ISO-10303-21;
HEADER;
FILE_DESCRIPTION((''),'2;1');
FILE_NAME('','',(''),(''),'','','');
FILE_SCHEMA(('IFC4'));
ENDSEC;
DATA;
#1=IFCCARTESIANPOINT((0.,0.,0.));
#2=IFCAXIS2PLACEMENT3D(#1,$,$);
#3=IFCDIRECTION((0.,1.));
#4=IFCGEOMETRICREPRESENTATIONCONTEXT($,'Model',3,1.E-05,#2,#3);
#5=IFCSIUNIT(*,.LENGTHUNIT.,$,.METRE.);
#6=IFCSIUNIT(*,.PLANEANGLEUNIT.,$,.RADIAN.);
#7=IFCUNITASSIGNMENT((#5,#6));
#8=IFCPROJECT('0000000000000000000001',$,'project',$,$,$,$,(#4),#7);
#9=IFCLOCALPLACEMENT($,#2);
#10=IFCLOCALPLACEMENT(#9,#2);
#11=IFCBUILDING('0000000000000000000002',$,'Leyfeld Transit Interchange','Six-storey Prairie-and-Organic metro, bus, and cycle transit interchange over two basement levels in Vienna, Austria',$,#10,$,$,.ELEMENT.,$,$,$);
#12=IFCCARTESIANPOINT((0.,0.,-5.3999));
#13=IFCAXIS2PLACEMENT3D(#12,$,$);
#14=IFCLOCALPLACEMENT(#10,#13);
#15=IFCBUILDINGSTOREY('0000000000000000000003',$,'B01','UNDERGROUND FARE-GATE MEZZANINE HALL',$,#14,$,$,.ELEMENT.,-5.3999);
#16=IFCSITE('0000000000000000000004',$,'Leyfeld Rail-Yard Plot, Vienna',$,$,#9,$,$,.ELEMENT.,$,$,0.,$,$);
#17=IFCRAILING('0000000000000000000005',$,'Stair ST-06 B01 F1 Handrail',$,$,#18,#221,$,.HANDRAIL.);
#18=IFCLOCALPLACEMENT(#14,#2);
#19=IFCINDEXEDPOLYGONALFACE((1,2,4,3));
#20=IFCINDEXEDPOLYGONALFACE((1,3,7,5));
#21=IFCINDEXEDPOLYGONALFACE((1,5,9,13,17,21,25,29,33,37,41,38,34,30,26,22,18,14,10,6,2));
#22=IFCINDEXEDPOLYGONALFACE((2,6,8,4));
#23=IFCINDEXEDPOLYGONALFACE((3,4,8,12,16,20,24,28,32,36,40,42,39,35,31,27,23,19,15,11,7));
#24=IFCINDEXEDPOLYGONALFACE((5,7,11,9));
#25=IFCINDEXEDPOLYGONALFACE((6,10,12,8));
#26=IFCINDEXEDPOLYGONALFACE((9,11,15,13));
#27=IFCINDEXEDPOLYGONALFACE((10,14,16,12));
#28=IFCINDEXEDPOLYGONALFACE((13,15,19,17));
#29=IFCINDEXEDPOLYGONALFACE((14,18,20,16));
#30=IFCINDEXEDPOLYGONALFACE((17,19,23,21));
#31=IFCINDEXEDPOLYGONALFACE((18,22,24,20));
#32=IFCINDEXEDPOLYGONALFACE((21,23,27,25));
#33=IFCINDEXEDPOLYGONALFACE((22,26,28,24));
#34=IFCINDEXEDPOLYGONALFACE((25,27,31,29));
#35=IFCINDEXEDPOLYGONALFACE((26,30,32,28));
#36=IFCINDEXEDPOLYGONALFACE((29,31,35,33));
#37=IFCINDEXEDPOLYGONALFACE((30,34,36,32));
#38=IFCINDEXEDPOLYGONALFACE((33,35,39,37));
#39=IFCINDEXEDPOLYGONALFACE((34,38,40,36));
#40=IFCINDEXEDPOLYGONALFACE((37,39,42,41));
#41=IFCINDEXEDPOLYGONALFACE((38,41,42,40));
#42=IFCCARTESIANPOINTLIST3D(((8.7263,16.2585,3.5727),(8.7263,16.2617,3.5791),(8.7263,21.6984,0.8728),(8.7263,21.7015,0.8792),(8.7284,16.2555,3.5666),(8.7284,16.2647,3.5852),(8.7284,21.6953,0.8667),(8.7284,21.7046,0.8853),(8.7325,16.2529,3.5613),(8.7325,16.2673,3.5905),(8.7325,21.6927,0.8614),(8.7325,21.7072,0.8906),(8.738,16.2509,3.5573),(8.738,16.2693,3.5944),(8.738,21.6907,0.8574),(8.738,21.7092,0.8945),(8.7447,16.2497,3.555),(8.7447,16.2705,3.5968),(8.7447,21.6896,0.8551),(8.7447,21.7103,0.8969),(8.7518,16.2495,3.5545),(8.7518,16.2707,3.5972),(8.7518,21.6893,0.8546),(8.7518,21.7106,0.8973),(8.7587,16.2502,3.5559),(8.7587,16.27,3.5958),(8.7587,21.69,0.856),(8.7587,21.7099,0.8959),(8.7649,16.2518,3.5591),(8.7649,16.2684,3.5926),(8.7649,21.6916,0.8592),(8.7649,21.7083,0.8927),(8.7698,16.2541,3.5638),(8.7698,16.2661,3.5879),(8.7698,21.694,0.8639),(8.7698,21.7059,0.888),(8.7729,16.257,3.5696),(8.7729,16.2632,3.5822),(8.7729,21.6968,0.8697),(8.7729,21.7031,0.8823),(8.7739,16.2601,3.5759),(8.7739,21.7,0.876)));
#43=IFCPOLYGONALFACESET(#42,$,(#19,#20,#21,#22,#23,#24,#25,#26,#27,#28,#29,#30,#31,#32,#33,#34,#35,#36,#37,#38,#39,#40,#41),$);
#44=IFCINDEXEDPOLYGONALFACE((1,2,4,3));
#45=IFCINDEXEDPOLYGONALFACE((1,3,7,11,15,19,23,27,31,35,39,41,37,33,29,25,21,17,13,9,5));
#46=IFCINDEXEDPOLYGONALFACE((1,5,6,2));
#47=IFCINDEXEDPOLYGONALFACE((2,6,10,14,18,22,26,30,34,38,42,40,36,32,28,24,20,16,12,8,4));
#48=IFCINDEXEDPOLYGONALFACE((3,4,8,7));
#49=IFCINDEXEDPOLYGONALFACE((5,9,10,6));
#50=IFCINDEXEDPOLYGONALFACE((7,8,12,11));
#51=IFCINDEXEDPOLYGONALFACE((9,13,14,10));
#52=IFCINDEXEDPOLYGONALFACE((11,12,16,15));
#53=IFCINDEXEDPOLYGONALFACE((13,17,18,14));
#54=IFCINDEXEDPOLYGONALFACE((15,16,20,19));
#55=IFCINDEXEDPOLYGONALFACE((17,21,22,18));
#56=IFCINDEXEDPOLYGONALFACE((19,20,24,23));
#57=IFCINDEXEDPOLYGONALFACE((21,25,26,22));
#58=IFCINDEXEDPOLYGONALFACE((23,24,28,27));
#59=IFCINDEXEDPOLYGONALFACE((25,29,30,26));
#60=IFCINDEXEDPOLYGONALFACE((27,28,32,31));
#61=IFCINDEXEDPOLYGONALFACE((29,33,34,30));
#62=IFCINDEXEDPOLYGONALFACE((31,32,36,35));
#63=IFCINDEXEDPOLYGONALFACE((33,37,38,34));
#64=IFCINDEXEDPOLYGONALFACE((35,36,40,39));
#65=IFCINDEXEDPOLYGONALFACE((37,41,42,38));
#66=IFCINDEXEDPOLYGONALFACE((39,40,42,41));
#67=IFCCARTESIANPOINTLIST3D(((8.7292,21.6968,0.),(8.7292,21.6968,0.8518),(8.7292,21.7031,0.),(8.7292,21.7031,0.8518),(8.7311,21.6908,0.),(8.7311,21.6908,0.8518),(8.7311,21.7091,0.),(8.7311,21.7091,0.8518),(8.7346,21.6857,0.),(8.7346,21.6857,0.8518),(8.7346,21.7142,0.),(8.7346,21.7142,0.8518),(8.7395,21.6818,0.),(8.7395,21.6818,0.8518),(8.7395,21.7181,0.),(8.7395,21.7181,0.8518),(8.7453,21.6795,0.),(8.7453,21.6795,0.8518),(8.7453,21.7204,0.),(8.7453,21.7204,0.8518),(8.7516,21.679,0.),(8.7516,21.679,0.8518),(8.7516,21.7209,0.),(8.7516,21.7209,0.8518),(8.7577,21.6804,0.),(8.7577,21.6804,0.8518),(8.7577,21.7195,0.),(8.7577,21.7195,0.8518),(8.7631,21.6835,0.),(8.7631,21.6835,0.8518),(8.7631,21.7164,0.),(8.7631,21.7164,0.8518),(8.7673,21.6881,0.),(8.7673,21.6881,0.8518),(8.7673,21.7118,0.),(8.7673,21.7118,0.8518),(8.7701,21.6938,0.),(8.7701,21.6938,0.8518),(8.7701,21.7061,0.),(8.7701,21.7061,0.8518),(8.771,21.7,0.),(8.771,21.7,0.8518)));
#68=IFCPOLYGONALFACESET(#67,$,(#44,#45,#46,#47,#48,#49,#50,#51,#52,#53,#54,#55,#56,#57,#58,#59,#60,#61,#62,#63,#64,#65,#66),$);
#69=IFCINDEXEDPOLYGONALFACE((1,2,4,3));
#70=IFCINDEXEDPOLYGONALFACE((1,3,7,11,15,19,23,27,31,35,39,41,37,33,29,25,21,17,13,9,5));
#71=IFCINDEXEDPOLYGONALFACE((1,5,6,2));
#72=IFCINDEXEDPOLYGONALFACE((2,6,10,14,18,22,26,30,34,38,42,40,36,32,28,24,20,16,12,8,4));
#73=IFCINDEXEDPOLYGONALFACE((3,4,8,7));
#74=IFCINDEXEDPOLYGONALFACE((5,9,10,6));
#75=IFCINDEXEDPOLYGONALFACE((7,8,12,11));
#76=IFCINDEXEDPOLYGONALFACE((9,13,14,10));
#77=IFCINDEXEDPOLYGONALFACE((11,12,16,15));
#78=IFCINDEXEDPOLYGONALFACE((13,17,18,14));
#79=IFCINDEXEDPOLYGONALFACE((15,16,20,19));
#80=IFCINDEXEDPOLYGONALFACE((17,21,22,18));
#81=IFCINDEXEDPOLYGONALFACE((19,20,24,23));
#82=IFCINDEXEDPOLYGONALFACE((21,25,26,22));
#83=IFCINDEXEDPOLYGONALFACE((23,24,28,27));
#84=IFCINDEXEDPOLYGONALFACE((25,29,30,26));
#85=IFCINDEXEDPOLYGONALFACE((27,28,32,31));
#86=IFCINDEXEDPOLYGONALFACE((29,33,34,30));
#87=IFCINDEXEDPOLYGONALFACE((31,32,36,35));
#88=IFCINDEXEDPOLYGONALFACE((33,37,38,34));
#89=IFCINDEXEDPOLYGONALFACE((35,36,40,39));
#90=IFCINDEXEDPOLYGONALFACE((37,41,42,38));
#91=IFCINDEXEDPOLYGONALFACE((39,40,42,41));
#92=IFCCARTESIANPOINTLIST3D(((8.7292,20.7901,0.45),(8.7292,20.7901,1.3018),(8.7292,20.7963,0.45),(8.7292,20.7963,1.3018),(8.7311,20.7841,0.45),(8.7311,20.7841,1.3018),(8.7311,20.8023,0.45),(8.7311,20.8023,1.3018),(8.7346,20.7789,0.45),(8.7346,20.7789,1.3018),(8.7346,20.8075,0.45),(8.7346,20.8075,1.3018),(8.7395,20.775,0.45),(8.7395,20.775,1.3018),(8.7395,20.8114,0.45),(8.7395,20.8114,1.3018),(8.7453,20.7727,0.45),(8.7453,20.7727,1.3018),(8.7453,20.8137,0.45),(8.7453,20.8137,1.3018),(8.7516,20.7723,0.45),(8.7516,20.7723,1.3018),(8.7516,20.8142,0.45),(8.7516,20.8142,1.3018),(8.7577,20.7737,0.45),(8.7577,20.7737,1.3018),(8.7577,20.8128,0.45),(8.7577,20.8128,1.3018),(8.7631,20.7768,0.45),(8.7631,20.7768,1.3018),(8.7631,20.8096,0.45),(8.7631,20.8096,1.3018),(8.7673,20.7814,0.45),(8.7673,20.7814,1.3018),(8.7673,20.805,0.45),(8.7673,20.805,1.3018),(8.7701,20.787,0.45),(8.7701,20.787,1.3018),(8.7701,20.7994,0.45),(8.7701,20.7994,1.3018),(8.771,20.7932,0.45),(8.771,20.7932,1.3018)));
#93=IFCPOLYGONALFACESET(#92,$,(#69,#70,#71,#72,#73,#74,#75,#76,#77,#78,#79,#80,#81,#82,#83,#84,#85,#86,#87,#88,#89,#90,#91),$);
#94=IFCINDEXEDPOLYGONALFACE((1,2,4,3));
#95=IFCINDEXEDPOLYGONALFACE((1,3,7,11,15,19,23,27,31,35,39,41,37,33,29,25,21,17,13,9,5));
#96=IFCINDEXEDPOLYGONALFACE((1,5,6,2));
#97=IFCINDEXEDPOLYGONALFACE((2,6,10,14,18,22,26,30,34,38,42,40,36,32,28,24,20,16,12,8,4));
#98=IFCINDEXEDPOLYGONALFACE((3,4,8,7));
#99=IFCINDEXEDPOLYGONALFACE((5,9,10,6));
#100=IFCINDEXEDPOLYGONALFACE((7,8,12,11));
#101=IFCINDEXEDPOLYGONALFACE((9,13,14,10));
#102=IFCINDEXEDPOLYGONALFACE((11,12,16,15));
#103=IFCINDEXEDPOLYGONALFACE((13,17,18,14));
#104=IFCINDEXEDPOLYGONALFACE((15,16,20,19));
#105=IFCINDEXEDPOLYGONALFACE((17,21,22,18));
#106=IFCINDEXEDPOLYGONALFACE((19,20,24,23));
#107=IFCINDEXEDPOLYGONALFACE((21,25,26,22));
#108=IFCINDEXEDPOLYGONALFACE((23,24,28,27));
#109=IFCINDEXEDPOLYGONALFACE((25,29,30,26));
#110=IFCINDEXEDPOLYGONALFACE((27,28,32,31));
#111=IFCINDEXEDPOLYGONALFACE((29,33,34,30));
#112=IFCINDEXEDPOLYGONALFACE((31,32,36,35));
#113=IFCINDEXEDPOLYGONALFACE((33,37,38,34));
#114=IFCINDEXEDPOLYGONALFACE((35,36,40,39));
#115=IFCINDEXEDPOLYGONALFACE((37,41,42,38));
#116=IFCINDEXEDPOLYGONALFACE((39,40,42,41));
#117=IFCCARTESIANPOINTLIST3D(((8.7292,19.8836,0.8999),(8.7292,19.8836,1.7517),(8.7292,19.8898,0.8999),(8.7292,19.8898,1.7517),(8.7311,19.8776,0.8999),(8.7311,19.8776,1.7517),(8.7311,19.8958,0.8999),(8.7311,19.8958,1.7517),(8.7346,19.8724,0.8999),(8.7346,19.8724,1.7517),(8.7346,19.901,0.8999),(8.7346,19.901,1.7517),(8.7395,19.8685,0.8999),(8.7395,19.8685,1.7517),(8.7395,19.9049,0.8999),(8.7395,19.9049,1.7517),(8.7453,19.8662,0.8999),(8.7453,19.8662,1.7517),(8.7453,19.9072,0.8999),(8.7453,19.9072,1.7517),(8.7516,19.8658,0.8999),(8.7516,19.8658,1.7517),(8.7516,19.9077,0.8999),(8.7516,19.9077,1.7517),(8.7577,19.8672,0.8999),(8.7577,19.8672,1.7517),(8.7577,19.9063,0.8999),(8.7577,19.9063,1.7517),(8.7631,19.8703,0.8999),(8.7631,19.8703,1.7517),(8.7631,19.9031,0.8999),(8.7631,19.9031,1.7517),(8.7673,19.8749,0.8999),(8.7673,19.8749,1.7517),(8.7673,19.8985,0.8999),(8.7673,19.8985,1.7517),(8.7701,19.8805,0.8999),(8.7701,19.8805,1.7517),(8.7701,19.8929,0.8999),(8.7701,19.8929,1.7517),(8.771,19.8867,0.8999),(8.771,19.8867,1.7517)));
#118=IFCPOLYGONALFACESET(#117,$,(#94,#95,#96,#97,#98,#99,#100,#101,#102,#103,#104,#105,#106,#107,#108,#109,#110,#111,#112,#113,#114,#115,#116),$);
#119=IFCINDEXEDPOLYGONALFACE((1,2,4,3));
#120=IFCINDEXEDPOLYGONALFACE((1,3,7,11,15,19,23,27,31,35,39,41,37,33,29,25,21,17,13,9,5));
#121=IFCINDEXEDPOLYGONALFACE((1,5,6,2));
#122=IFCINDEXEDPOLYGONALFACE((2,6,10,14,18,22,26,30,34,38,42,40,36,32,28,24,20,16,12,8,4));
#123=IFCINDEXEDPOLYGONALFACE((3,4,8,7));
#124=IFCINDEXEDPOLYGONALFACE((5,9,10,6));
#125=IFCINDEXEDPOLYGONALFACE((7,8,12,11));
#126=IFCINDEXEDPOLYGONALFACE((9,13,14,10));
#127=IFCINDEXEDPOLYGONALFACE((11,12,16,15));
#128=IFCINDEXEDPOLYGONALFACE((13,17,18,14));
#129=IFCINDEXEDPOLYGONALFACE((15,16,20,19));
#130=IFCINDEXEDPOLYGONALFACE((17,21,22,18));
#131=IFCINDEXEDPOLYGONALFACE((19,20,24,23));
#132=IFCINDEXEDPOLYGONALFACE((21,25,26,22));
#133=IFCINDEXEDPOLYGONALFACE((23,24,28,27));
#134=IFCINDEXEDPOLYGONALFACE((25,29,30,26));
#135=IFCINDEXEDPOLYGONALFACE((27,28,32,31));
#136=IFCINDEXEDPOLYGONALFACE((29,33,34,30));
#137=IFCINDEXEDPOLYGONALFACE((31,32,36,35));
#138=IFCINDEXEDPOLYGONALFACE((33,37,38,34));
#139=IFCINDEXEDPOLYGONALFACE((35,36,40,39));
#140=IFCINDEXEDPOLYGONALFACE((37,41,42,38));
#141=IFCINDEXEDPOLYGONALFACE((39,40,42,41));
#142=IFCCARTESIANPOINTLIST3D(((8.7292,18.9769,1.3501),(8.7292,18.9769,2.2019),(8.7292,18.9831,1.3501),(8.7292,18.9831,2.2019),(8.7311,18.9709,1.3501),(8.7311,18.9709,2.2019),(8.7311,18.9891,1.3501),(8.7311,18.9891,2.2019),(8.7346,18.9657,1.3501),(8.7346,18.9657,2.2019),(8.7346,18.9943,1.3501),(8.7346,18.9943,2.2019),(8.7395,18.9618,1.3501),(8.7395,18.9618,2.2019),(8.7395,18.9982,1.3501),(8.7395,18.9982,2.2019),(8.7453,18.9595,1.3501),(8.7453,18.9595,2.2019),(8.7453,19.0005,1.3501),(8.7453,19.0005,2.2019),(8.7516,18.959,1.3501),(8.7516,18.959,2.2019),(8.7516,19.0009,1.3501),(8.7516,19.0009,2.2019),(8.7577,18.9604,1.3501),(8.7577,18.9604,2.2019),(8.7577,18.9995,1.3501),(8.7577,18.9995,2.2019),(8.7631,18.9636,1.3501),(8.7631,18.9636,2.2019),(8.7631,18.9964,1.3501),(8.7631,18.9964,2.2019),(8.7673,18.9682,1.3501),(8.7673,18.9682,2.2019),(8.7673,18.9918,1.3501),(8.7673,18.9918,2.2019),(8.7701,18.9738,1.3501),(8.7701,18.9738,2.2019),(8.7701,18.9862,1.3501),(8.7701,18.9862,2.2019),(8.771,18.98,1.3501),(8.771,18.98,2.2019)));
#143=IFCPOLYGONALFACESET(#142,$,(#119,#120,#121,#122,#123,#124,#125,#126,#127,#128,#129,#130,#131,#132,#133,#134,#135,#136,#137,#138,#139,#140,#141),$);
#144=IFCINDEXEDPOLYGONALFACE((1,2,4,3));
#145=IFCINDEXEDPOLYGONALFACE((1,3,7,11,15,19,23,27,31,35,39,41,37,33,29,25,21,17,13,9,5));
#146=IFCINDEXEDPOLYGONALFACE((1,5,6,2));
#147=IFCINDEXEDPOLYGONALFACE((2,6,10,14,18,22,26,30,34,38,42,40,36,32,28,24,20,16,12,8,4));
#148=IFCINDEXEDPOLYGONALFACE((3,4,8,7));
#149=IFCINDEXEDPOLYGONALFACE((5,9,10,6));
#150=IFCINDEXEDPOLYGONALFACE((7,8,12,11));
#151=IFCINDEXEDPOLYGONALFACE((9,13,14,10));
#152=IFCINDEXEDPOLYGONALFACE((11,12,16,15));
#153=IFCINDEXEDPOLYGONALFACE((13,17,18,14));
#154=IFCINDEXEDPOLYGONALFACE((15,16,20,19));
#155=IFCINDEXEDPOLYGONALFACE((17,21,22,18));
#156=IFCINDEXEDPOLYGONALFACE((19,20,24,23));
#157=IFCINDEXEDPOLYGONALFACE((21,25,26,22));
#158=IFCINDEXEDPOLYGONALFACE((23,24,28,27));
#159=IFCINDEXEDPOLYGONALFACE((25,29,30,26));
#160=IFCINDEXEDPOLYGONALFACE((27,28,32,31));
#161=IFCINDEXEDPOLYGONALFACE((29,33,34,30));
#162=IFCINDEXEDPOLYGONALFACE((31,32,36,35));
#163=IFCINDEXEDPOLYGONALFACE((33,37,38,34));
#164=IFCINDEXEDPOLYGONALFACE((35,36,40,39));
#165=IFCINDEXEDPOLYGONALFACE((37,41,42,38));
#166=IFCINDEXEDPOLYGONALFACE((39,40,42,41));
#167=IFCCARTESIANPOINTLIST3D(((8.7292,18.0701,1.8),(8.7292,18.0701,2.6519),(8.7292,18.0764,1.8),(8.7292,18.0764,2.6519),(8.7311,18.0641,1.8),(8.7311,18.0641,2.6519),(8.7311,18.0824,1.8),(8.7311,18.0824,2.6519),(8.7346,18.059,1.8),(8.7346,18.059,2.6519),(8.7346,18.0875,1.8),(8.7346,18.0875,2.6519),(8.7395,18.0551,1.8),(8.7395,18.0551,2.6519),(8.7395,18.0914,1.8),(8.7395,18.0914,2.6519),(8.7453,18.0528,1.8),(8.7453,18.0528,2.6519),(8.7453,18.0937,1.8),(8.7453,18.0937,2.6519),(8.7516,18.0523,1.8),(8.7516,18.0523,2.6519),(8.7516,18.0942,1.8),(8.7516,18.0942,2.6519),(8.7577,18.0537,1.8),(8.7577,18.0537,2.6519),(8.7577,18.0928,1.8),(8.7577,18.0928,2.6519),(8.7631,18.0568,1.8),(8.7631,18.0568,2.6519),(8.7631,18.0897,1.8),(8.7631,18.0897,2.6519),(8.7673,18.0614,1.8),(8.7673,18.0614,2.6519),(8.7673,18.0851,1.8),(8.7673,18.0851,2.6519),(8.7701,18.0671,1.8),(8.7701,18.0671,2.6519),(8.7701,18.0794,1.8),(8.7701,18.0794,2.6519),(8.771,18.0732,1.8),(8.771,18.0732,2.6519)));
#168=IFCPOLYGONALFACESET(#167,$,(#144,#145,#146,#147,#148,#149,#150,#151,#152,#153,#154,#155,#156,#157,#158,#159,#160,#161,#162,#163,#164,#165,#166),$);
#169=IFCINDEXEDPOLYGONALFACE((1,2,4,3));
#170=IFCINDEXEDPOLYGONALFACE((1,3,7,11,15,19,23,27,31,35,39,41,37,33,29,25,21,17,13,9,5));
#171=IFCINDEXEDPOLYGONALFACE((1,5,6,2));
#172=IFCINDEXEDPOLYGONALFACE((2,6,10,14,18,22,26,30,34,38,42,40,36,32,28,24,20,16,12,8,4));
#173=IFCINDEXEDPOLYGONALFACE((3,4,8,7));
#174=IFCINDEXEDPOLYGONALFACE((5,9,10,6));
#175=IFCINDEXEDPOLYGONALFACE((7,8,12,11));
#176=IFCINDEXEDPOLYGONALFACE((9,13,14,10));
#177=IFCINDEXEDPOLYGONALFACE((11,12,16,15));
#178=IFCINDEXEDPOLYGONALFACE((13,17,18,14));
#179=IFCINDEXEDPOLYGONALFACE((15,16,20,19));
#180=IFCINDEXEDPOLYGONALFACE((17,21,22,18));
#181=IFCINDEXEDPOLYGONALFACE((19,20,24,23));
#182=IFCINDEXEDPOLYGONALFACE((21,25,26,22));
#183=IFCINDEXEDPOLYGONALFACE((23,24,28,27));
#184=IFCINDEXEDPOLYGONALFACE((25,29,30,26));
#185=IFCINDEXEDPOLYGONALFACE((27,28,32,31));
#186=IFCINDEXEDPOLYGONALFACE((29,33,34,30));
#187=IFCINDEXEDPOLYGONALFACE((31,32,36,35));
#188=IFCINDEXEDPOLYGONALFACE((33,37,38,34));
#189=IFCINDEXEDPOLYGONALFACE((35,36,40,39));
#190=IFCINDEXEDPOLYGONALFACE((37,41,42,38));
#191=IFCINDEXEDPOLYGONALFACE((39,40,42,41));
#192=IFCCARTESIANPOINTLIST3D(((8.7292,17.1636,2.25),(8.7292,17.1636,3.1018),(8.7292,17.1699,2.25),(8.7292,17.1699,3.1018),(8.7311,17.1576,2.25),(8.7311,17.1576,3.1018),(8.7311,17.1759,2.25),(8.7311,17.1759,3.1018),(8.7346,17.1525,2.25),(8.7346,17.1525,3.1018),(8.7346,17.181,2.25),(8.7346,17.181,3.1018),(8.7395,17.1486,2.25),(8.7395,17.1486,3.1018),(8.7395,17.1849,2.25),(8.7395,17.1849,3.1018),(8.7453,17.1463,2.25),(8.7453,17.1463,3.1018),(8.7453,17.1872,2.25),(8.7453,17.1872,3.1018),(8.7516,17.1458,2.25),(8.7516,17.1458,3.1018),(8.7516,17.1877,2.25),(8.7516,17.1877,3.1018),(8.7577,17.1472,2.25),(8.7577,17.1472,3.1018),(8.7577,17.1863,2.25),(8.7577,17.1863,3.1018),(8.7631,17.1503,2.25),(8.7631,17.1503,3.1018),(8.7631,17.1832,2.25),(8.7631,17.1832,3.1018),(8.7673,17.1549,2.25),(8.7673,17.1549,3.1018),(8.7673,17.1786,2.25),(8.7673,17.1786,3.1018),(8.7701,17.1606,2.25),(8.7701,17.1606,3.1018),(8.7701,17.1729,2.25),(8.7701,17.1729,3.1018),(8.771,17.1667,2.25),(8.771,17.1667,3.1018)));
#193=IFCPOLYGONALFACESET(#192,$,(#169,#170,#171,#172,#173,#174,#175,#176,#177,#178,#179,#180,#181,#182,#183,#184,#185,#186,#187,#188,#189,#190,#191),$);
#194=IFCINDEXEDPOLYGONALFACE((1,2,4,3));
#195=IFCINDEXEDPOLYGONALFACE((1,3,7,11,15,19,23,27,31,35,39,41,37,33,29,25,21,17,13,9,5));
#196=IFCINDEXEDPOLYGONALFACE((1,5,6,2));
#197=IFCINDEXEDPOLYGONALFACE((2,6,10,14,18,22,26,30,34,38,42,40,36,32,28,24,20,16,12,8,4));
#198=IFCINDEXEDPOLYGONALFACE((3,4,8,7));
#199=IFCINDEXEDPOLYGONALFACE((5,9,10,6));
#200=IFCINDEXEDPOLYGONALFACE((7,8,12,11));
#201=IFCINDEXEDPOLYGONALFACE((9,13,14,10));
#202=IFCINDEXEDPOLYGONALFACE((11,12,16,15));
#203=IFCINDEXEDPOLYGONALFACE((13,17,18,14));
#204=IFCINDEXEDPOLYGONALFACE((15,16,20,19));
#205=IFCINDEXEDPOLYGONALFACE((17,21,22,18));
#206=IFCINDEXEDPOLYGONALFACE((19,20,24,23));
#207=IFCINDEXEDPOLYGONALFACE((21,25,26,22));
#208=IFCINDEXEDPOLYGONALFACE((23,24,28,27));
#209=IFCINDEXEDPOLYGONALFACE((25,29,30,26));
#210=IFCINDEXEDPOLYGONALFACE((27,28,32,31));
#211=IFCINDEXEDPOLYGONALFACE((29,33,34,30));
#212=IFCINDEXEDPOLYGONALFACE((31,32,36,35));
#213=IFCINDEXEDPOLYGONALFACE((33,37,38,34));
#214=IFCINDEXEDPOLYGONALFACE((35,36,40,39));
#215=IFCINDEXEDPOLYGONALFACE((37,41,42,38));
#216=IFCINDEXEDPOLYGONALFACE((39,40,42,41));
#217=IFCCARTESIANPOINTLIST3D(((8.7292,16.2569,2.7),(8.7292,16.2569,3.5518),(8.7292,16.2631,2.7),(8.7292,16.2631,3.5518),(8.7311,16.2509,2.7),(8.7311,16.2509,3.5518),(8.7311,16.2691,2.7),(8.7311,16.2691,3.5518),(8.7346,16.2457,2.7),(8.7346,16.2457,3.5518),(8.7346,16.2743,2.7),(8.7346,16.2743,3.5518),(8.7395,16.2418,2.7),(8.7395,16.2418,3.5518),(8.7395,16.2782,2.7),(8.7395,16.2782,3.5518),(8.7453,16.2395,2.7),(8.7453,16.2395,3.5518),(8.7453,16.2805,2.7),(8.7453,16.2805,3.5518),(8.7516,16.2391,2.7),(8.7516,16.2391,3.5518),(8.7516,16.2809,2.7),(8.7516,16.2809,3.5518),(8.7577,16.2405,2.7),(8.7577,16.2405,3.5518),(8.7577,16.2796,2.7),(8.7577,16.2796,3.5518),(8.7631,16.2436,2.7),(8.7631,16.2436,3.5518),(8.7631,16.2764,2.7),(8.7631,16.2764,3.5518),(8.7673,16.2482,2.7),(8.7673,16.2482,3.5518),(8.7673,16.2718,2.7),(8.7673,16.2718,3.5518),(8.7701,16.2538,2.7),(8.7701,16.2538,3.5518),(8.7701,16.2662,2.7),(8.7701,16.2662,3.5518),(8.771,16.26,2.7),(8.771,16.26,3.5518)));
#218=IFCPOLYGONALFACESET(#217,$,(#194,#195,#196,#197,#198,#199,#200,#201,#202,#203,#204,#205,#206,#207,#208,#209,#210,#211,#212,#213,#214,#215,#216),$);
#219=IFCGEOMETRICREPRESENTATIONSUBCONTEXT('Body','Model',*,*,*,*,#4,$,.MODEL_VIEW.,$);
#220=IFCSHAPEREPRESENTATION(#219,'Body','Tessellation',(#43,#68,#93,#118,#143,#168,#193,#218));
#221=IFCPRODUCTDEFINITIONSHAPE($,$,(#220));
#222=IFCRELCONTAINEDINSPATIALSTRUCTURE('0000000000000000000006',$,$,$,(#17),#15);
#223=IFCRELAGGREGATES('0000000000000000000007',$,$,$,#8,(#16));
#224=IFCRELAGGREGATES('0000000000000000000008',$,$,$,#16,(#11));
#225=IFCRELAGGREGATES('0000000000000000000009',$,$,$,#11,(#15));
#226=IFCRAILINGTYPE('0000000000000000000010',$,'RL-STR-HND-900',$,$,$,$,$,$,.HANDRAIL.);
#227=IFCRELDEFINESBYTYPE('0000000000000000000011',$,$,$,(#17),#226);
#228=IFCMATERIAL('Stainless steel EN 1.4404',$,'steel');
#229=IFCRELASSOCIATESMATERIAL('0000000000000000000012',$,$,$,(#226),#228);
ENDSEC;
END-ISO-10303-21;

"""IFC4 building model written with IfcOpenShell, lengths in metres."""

from ifc_helpers import new_model, si_unit, direction, frame, origin, origin_2d, place, context, subcontext, project, spatial, circle, extrude, material, type_object, element, save


model = new_model("IFC4")

# Units and contexts
model_context = context("Model", 3, precision=1e-05, world=origin(), true_north=direction((0.0, 1.0)))
body_context = subcontext(model_context, "Body", "Model", "MODEL_VIEW")
ifc_project = project(units=[si_unit("LENGTHUNIT", "METRE"), si_unit("PLANEANGLEUNIT", "RADIAN")], contexts=[model_context])

# Site, building, storey
site_placement = place(None, origin())
site = spatial("IfcSite", under=ifc_project, at=site_placement, Name="Leyfeld Rail-Yard Plot, Vienna", CompositionType="ELEMENT", RefElevation=0.0)
building_placement = place(site_placement, origin())
building = spatial("IfcBuilding", under=site, at=building_placement, Name="Leyfeld Transit Interchange", Description="Six-storey Prairie-and-Organic metro, bus, and cycle transit interchange over two basement levels in Vienna, Austria", CompositionType="ELEMENT")
storey_placement = place(building_placement, frame((0.0, 0.0, -5.3999)))
storey = spatial("IfcBuildingStorey", under=building, at=storey_placement, Name="B01", Description="UNDERGROUND FARE-GATE MEZZANINE HALL", CompositionType="ELEMENT", Elevation=-5.3999)

# Railing
ifc_material_1 = material(Name="Stainless steel EN 1.4404", Category="steel")
railing_type_1 = type_object("IfcRailingType", Name="RL-STR-HND-900", PredefinedType="HANDRAIL", material=ifc_material_1)
railing_1_placement = place(storey_placement, frame((8.75, 21.7, 0.0)))
element("IfcRailing", 1, at=railing_1_placement, inside=storey, type_object=railing_type_1, Name="Stair ST-06 B01 F1 Handrail", PredefinedType="HANDRAIL", context=body_context, shape_type="SweptSolid", body=[
    extrude(circle(Radius=0.0239, at=origin_2d()), frame((0.0, 0.0, 0.876), z_axis=(0.0, -0.895742, 0.444575), x_axis=(1.0, 0.0, 0.0)), (0.0, 0.0, 1.0), 6.073),
    extrude(circle(Radius=0.021, at=origin_2d()), origin(), (0.0, 0.0, 1.0), 0.8518),
    extrude(circle(Radius=0.021, at=origin_2d()), frame((0.0, -0.9067, 0.45)), (0.0, 0.0, 1.0), 0.8518),
    extrude(circle(Radius=0.021, at=origin_2d()), frame((0.0, -1.8132, 0.8999)), (0.0, 0.0, 1.0), 0.8518),
    extrude(circle(Radius=0.021, at=origin_2d()), frame((0.0, -2.72, 1.3501)), (0.0, 0.0, 1.0), 0.8518),
    extrude(circle(Radius=0.021, at=origin_2d()), frame((0.0, -3.6267, 1.8)), (0.0, 0.0, 1.0), 0.8518),
    extrude(circle(Radius=0.021, at=origin_2d()), frame((0.0, -4.5332, 2.25)), (0.0, 0.0, 1.0), 0.8518),
    extrude(circle(Radius=0.021, at=origin_2d()), frame((0.0, -5.4399, 2.7)), (0.0, 0.0, 1.0), 0.8518),
])

save(model, "model.ifc")
